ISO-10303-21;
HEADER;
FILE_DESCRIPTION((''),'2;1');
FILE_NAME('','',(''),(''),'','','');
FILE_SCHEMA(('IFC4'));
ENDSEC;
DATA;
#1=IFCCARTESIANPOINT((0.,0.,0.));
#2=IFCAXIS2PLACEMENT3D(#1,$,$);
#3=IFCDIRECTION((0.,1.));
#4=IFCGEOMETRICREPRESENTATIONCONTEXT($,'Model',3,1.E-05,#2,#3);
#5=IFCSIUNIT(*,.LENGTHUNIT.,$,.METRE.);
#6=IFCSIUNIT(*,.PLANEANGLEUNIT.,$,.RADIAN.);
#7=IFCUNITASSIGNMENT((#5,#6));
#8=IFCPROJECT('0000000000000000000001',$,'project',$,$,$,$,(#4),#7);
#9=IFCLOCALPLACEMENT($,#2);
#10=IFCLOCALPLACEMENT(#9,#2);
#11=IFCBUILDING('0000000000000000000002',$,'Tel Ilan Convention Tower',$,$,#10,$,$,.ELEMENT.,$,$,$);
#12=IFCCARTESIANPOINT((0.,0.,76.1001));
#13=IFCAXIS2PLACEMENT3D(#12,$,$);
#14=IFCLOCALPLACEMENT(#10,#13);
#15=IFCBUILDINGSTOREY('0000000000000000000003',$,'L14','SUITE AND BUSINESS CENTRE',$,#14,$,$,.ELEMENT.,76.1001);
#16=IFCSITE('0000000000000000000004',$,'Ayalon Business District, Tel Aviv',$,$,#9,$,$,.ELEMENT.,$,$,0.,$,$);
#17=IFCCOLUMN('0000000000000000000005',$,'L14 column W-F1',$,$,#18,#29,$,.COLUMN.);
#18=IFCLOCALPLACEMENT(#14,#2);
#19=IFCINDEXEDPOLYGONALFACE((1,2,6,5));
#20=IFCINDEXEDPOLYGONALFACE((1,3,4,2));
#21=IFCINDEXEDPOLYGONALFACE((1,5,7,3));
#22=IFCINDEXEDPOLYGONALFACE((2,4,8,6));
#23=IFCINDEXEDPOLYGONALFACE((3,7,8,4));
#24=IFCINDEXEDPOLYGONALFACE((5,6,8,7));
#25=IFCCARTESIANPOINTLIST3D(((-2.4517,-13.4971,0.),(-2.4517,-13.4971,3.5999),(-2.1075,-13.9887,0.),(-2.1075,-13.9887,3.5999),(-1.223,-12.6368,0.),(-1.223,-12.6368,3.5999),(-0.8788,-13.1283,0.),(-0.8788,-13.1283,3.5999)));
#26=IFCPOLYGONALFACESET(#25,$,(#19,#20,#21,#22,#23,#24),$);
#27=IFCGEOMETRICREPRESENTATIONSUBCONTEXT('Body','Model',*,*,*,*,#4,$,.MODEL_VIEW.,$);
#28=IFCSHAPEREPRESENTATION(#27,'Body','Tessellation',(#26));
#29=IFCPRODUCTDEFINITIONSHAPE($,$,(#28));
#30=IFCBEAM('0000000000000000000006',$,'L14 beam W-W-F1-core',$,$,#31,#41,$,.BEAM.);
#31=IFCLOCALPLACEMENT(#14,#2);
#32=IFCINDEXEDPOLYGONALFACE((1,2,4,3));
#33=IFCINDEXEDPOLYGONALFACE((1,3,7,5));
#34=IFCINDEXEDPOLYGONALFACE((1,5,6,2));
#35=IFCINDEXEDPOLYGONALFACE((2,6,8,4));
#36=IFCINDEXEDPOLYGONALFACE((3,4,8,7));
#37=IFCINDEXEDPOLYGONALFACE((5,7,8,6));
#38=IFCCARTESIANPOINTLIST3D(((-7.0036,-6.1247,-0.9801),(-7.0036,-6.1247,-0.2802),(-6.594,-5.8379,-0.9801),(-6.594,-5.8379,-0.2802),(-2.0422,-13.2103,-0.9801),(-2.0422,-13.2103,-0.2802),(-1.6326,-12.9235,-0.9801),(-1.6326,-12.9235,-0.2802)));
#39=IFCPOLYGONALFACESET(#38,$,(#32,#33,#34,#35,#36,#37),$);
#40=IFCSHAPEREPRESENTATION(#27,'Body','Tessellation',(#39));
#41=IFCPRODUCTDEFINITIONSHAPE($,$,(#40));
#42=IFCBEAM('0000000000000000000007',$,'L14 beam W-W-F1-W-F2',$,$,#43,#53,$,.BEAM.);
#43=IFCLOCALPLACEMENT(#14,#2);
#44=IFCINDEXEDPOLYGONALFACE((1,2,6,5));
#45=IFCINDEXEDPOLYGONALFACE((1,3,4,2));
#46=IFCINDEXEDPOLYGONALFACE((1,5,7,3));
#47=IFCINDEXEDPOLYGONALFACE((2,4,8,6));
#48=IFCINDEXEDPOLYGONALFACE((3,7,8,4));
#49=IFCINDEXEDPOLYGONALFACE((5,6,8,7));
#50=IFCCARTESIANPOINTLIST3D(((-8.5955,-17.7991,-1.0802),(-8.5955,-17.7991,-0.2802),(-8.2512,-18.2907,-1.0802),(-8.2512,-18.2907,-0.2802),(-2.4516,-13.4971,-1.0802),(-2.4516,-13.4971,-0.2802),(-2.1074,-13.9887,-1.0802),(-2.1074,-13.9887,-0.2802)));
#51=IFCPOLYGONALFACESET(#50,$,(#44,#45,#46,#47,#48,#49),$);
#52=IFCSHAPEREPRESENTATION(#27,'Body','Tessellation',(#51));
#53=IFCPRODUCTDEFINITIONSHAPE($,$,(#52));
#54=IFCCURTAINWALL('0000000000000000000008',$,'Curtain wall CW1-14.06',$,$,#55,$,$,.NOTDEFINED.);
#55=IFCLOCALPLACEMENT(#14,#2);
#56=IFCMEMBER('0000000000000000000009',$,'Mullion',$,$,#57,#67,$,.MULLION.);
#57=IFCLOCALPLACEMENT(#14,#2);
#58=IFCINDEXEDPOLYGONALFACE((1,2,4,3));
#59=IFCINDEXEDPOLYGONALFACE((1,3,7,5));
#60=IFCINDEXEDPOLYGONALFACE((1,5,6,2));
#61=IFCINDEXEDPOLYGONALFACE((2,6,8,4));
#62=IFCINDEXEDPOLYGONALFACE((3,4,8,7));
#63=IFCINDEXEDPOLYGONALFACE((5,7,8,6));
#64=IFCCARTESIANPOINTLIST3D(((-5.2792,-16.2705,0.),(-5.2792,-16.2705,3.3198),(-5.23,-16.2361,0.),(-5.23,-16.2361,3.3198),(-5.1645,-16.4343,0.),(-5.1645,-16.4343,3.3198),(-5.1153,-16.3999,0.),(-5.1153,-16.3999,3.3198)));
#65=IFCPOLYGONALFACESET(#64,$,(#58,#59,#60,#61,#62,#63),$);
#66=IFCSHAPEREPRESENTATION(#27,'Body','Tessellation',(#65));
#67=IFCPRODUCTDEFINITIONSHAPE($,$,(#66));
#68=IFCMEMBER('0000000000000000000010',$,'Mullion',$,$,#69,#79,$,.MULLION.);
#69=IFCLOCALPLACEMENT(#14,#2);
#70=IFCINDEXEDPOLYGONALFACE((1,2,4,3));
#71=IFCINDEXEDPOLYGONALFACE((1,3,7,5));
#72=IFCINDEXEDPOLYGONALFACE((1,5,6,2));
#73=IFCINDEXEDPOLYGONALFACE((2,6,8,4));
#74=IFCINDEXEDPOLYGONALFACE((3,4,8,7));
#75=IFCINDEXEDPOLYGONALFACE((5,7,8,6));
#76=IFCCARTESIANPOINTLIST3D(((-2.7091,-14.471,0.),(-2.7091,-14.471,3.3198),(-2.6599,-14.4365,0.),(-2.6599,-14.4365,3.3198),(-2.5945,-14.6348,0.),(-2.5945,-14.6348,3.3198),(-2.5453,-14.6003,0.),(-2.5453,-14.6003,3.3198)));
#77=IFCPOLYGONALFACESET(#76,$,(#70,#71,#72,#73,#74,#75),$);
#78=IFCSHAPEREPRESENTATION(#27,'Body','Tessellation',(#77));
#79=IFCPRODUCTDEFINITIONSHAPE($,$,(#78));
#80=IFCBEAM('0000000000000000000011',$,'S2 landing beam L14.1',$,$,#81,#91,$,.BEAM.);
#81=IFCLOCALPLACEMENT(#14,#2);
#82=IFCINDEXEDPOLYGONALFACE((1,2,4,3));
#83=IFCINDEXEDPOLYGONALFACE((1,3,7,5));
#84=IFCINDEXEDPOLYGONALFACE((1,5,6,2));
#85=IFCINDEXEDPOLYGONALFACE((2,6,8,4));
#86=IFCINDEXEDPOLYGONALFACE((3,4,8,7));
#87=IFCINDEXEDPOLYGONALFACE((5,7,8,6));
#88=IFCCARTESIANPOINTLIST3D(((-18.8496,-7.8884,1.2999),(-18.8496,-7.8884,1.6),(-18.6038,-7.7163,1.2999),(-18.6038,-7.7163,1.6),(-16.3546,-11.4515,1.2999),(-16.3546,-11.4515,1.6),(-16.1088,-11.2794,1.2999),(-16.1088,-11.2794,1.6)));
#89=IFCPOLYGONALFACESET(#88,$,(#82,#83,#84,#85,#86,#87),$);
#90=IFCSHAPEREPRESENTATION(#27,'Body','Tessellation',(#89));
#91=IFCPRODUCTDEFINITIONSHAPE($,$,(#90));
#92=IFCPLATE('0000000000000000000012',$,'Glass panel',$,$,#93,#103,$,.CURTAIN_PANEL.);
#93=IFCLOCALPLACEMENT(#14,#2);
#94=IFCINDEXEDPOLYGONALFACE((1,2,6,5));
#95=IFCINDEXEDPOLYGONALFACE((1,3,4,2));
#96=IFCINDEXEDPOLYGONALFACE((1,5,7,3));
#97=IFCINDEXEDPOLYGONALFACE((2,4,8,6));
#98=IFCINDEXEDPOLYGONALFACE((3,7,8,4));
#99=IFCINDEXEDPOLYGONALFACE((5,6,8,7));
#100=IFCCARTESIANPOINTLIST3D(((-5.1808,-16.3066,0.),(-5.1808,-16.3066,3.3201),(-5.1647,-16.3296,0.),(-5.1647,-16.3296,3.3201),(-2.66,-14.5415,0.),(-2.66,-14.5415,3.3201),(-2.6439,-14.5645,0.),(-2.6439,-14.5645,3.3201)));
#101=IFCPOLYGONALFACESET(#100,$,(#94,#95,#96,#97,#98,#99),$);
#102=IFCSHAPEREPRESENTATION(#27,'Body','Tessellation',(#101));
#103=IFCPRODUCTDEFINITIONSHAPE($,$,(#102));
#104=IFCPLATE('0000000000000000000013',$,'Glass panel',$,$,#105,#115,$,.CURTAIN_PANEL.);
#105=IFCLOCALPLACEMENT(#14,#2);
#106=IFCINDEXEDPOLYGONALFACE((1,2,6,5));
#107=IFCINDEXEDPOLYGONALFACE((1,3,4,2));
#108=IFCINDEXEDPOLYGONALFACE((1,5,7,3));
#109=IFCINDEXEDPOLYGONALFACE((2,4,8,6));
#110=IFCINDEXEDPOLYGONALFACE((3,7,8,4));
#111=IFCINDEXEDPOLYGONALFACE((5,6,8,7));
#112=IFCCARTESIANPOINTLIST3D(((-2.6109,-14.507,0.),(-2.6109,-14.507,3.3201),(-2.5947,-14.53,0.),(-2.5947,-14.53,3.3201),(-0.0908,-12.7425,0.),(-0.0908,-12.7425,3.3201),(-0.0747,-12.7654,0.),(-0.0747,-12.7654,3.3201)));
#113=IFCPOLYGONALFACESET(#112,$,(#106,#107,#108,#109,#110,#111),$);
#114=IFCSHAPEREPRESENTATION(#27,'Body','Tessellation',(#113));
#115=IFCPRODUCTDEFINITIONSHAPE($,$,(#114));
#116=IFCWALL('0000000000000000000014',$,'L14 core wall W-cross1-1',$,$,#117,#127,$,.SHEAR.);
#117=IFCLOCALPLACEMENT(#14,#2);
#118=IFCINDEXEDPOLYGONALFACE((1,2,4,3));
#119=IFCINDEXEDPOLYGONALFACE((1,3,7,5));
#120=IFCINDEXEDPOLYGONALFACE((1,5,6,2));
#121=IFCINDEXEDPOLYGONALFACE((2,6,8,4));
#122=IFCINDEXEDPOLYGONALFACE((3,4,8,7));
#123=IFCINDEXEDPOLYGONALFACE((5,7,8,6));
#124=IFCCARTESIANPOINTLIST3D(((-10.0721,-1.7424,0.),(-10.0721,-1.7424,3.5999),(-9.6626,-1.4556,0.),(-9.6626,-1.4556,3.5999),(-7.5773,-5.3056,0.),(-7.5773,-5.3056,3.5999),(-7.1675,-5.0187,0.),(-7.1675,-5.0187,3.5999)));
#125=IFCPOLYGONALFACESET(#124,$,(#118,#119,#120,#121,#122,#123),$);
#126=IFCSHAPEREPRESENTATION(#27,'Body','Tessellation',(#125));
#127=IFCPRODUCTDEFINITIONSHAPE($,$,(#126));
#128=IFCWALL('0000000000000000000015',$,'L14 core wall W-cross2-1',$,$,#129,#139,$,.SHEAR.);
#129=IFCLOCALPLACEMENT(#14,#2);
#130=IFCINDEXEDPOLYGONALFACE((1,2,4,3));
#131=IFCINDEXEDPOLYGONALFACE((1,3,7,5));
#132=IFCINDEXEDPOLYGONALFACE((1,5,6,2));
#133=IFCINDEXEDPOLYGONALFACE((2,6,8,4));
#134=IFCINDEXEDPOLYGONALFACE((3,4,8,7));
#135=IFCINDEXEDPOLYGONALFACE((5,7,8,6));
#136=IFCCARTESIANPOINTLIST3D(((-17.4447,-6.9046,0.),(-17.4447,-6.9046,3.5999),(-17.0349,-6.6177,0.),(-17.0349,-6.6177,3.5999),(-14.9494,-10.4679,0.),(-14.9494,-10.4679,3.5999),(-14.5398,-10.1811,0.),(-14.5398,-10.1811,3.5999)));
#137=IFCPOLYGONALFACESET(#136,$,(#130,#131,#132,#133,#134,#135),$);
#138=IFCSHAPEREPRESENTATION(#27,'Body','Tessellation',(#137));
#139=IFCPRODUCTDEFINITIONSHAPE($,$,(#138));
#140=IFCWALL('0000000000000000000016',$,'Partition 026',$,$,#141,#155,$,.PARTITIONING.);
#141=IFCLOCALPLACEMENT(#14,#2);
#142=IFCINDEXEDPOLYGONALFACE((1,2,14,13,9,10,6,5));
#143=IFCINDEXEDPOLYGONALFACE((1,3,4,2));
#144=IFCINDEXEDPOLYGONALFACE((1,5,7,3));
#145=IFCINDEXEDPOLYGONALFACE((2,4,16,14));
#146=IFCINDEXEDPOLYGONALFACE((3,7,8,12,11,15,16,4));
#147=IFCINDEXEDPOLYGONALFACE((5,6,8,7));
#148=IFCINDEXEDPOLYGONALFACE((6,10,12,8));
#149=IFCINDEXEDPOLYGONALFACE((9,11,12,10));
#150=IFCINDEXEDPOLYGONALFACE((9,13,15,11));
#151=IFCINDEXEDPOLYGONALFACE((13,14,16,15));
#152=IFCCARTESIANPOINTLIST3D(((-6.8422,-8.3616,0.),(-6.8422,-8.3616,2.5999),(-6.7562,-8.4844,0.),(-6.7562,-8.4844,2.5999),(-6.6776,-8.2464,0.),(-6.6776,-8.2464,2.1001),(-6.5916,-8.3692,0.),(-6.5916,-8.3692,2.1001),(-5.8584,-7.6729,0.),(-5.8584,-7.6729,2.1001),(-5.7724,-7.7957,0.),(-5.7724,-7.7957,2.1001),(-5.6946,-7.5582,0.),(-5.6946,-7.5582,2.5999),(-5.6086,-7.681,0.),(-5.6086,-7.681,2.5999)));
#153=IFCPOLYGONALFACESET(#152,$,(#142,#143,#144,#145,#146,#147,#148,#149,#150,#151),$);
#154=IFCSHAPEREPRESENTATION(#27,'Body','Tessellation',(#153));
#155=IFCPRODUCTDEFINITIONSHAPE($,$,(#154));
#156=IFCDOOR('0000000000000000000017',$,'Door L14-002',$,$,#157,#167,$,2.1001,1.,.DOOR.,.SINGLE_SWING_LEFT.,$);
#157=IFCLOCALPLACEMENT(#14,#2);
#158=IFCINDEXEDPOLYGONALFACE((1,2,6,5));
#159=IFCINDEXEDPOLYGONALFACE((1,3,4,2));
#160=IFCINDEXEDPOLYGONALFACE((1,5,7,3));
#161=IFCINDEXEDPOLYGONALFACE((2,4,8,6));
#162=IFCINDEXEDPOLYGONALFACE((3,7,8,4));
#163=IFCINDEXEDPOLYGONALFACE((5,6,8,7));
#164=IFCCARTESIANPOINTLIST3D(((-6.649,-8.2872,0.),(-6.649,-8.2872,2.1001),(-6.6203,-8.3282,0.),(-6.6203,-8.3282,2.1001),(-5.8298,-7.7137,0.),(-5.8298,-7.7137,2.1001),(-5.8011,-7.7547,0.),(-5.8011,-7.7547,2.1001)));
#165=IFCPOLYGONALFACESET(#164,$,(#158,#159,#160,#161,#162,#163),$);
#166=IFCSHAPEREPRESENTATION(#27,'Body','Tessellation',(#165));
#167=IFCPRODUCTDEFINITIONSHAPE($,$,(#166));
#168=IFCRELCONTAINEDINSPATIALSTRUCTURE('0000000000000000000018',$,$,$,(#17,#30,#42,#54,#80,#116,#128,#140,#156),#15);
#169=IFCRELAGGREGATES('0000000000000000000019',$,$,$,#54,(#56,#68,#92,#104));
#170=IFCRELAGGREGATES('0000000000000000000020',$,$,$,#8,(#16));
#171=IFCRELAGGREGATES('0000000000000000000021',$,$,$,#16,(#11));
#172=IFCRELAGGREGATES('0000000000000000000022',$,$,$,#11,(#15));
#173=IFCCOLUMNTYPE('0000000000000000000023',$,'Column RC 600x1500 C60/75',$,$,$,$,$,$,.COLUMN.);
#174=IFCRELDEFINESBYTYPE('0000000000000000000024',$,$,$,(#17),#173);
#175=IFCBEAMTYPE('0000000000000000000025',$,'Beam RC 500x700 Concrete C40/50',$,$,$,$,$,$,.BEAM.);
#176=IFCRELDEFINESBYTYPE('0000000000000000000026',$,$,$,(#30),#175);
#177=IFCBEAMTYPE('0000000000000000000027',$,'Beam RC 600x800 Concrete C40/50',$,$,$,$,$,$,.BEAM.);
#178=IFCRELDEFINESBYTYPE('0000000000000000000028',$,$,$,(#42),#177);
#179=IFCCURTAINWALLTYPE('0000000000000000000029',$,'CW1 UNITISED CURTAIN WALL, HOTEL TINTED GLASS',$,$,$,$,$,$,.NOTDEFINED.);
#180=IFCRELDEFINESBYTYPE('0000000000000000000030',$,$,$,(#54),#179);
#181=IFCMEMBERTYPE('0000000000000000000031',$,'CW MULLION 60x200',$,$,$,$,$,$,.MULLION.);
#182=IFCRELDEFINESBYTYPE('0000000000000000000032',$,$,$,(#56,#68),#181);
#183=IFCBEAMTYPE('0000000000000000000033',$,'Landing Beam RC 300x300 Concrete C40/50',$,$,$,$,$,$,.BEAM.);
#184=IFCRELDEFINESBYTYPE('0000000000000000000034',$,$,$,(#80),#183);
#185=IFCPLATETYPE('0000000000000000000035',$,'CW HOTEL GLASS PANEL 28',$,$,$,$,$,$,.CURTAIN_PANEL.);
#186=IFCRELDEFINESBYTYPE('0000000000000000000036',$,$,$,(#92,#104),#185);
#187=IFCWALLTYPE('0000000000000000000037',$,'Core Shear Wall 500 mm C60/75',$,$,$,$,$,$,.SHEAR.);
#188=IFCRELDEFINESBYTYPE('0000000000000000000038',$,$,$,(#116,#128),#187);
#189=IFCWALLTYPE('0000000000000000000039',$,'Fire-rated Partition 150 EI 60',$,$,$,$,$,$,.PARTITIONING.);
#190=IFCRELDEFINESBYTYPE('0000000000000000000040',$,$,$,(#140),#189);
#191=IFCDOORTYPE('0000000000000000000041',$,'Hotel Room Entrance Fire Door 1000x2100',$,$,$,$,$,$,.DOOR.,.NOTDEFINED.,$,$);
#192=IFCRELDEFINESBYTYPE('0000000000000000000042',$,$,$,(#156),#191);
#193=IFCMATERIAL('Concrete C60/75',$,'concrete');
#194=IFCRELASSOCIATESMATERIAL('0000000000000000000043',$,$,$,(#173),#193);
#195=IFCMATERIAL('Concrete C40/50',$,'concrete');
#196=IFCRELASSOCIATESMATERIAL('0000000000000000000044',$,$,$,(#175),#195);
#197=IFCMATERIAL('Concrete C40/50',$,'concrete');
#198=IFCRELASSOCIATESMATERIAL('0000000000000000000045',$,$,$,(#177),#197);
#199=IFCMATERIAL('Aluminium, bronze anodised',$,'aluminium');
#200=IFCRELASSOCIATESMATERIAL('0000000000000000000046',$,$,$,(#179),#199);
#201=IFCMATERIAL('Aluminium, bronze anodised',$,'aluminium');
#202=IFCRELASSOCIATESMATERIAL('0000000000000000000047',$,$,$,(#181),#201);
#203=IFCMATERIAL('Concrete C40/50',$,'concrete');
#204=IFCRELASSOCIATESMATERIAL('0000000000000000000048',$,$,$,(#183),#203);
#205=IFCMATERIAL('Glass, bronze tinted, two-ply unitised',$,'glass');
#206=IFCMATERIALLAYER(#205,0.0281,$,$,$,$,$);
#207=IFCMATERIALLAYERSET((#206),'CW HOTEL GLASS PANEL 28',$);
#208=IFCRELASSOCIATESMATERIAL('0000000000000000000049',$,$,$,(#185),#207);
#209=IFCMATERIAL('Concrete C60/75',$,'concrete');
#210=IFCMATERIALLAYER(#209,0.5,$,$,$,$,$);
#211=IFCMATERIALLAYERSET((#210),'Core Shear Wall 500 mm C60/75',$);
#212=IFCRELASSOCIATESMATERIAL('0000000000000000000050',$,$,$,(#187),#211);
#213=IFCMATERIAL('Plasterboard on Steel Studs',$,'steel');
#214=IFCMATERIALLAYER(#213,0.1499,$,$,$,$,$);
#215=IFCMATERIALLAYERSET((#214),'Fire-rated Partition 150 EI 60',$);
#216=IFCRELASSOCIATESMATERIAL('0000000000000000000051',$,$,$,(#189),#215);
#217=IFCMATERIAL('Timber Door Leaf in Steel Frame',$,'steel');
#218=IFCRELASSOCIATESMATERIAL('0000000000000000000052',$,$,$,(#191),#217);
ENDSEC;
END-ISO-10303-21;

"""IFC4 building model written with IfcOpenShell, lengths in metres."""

from ifc_helpers import new_model, si_unit, direction, frame, frame_2d, origin, origin_2d, place, context, subcontext, project, spatial, polyline, rectangle, outline, extrude, material, layer, layer_set, material_profile, profile_set, type_object, element, fill, aggregate, save


model = new_model("IFC4")

# Units and contexts
model_context = context("Model", 3, precision=1e-05, world=origin(), true_north=direction((0.0, 1.0)))
body_context = subcontext(model_context, "Body", "Model", "MODEL_VIEW")
ifc_project = project(units=[si_unit("LENGTHUNIT", "METRE"), si_unit("PLANEANGLEUNIT", "RADIAN")], contexts=[model_context])

# Site, building, storey
site_placement = place(None, origin())
site = spatial("IfcSite", under=ifc_project, at=site_placement, Name="Ayalon Business District, Tel Aviv", CompositionType="ELEMENT", RefElevation=0.0)
building_placement = place(site_placement, origin())
building = spatial("IfcBuilding", under=site, at=building_placement, Name="Tel Ilan Convention Tower", CompositionType="ELEMENT")
storey_placement = place(building_placement, frame((0.0, 0.0, 76.1001)))
storey = spatial("IfcBuildingStorey", under=building, at=storey_placement, Name="L14", Description="SUITE AND BUSINESS CENTRE", CompositionType="ELEMENT", Elevation=76.1001)

# Column
ifc_material_1 = material(Name="Concrete C60/75", Category="concrete")
ifc_material_profile_1 = material_profile(ifc_material_1, rectangle(XDim=1.5, YDim=0.6001, at=origin_2d()), Name="RC 600x1500")
ifc_profile_set_1 = profile_set([ifc_material_profile_1], Name="Concrete C60/75")
column_type = type_object("IfcColumnType", Name="Column RC 600x1500 C60/75", PredefinedType="COLUMN", material=ifc_profile_set_1)
column_placement = place(storey_placement, frame((-1.6653, -13.3127, 0.0), z_axis=(0.0, 0.0, 1.0), x_axis=(-0.819152, -0.573576, 0.0)))
element("IfcColumn", 1, at=column_placement, inside=storey, type_object=column_type, Name="L14 column W-F1", PredefinedType="COLUMN", context=body_context, shape_type="SweptSolid", body=[
    extrude(rectangle(XDim=1.5, YDim=0.6001, at=origin_2d()), origin(), (0.0, 0.0, 1.0), 3.5999),
])

# Beams
ifc_material_2 = material(Name="Concrete C40/50", Category="concrete")
ifc_material_profile_2 = material_profile(ifc_material_2, rectangle(XDim=0.5, YDim=0.7, at=origin_2d()), Name="RC 500x700")
ifc_profile_set_2 = profile_set([ifc_material_profile_2], Name="Concrete C40/50")
beam_type_1 = type_object("IfcBeamType", Name="Beam RC 500x700 Concrete C40/50", PredefinedType="BEAM", material=ifc_profile_set_2)
beam_1_placement = place(storey_placement, frame((-1.8374, -13.0669, -0.6301), z_axis=(-0.573574, 0.819154, 0.0), x_axis=(-0.819154, -0.573574, 0.0)))
element("IfcBeam", 2, at=beam_1_placement, inside=storey, type_object=beam_type_1, Name="L14 beam W-W-F1-core", PredefinedType="BEAM", context=body_context, shape_type="SweptSolid", body=[
    extrude(rectangle(XDim=0.5, YDim=0.7, at=origin_2d()), origin(), (0.0, 0.0, 1.0), 8.6499),
])
ifc_material_3 = material(Name="Concrete C40/50", Category="concrete")
ifc_material_profile_3 = material_profile(ifc_material_3, rectangle(XDim=0.6001, YDim=0.8, at=origin_2d()), Name="RC 600x800")
ifc_profile_set_3 = profile_set([ifc_material_profile_3], Name="Concrete C40/50")
beam_type_2 = type_object("IfcBeamType", Name="Beam RC 600x800 Concrete C40/50", PredefinedType="BEAM", material=ifc_profile_set_3)
beam_2_placement = place(storey_placement, frame((-2.2795, -13.7429, -0.6802), z_axis=(-0.819148, -0.573582, 0.0), x_axis=(0.573582, -0.819148, 0.0)))
element("IfcBeam", 3, at=beam_2_placement, inside=storey, type_object=beam_type_2, Name="L14 beam W-W-F1-W-F2", PredefinedType="BEAM", context=body_context, shape_type="SweptSolid", body=[
    extrude(rectangle(XDim=0.6001, YDim=0.8, at=origin_2d()), origin(), (0.0, 0.0, 1.0), 7.5002),
])

# Curtain wall, members
ifc_material_4 = material(Name="Aluminium, bronze anodised", Category="aluminium")
curtain_wall_type = type_object("IfcCurtainWallType", Name="CW1 UNITISED CURTAIN WALL, HOTEL TINTED GLASS", PredefinedType="NOTDEFINED", material=ifc_material_4)
curtain_wall_placement = place(storey_placement, origin())
curtain_wall = element("IfcCurtainWall", 4, at=curtain_wall_placement, inside=storey, type_object=curtain_wall_type, Name="Curtain wall CW1-14.06", PredefinedType="NOTDEFINED")
ifc_material_5 = material(Name="Aluminium, bronze anodised", Category="aluminium")
ifc_material_profile_4 = material_profile(ifc_material_5, rectangle(XDim=0.0601, YDim=0.2, at=origin_2d()), Name="CW MULLION 60x200")
ifc_profile_set_4 = profile_set([ifc_material_profile_4], Name="Aluminium, bronze anodised")
member_type = type_object("IfcMemberType", Name="CW MULLION 60x200", PredefinedType="MULLION", material=ifc_profile_set_4)
member_1_placement = place(storey_placement, frame((-5.1973, -16.3352, 0.0), z_axis=(0.0, 0.0, 1.0), x_axis=(0.819152, 0.573576, 0.0)))
member_1 = element("IfcMember", 5, at=member_1_placement, type_object=member_type, Name="Mullion", PredefinedType="MULLION", context=body_context, shape_type="SweptSolid", body=[
    extrude(rectangle(XDim=0.0601, YDim=0.2, at=origin_2d()), origin(), (0.0, 0.0, 1.0), 3.3198),
])
member_2_placement = place(storey_placement, frame((-2.6272, -14.5356, 0.0), z_axis=(0.0, 0.0, 1.0), x_axis=(0.819152, 0.573576, 0.0)))
member_2 = element("IfcMember", 6, at=member_2_placement, type_object=member_type, Name="Mullion", PredefinedType="MULLION", context=body_context, shape_type="SweptSolid", body=[
    extrude(rectangle(XDim=0.0601, YDim=0.2, at=origin_2d()), origin(), (0.0, 0.0, 1.0), 3.3198),
])

# Beam
ifc_material_6 = material(Name="Concrete C40/50", Category="concrete")
ifc_material_profile_5 = material_profile(ifc_material_6, rectangle(XDim=0.3, YDim=0.3, at=origin_2d()), Name="RC 300x300")
ifc_profile_set_5 = profile_set([ifc_material_profile_5], Name="Concrete C40/50")
beam_type_3 = type_object("IfcBeamType", Name="Landing Beam RC 300x300 Concrete C40/50", PredefinedType="BEAM", material=ifc_profile_set_5)
beam_3_placement = place(storey_placement, frame((-16.2317, -11.3655, 1.45), z_axis=(-0.573594, 0.81914, 0.0), x_axis=(-0.81914, -0.573594, 0.0)))
element("IfcBeam", 7, at=beam_3_placement, inside=storey, type_object=beam_type_3, Name="S2 landing beam L14.1", PredefinedType="BEAM", context=body_context, shape_type="SweptSolid", body=[
    extrude(rectangle(XDim=0.3, YDim=0.3, at=origin_2d()), origin(), (0.0, 0.0, 1.0), 4.3499),
])

# Plates
ifc_material_7 = material(Name="Glass, bronze tinted, two-ply unitised", Category="glass")
ifc_layer_1 = layer(ifc_material_7, 0.0281)
ifc_layer_set_1 = layer_set([ifc_layer_1], Name="CW HOTEL GLASS PANEL 28")
plate_type = type_object("IfcPlateType", Name="CW HOTEL GLASS PANEL 28", PredefinedType="CURTAIN_PANEL", material=ifc_layer_set_1)
plate_1_placement = place(storey_placement, frame((-3.9124, -15.4355, 0.0), z_axis=(0.0, 0.0, 1.0), x_axis=(0.819152, 0.573576, 0.0)))
plate_1 = element("IfcPlate", 8, at=plate_1_placement, type_object=plate_type, Name="Glass panel", PredefinedType="CURTAIN_PANEL", context=body_context, shape_type="SweptSolid", body=[
    extrude(rectangle(XDim=3.0774, YDim=0.0281, at=origin_2d()), origin(), (0.0, 0.0, 1.0), 3.3201),
])
plate_2_placement = place(storey_placement, frame((-1.3428, -13.6362, 0.0), z_axis=(0.0, 0.0, 1.0), x_axis=(0.819152, 0.573576, 0.0)))
plate_2 = element("IfcPlate", 9, at=plate_2_placement, type_object=plate_type, Name="Glass panel", PredefinedType="CURTAIN_PANEL", context=body_context, shape_type="SweptSolid", body=[
    extrude(rectangle(XDim=3.0764, YDim=0.0281, at=origin_2d()), origin(), (0.0, 0.0, 1.0), 3.3201),
])
aggregate(curtain_wall, [member_1, member_2, plate_1, plate_2])

# Walls
ifc_material_8 = material(Name="Concrete C60/75", Category="concrete")
ifc_layer_2 = layer(ifc_material_8, 0.5)
ifc_layer_set_2 = layer_set([ifc_layer_2], Name="Core Shear Wall 500 mm C60/75")
wall_type_1 = type_object("IfcWallType", Name="Core Shear Wall 500 mm C60/75", PredefinedType="SHEAR", material=ifc_layer_set_2)
wall_1_placement = place(storey_placement, frame((-7.3723, -5.1621, 0.0), z_axis=(0.0, 0.0, 1.0), x_axis=(-0.573594, 0.81914, 0.0)))
element("IfcWall", 10, at=wall_1_placement, inside=storey, type_object=wall_type_1, Name="L14 core wall W-cross1-1", PredefinedType="SHEAR", context=body_context, shape_type="SweptSolid", body=[
    extrude(outline(polyline([(4.3499, 0.25), (0.0, 0.2502), (0.0, -0.25), (4.3499, -0.25), (4.3499, 0.25)])), origin(), (0.0, 0.0, 1.0), 3.5999),
])
wall_2_placement = place(storey_placement, frame((-14.7446, -10.3245, 0.0), z_axis=(0.0, 0.0, 1.0), x_axis=(-0.573568, 0.819158, 0.0)))
element("IfcWall", 11, at=wall_2_placement, inside=storey, type_object=wall_type_1, Name="L14 core wall W-cross2-1", PredefinedType="SHEAR", context=body_context, shape_type="SweptSolid", body=[
    extrude(outline(polyline([(4.3501, 0.2502), (0.0, 0.25), (0.0, -0.25), (4.3501, -0.25), (4.3501, 0.2502)])), origin(), (0.0, 0.0, 1.0), 3.5999),
])

# Wall, opening, door
ifc_material_9 = material(Name="Plasterboard on Steel Studs", Category="steel")
ifc_layer_3 = layer(ifc_material_9, 0.1499)
ifc_layer_set_3 = layer_set([ifc_layer_3], Name="Fire-rated Partition 150 EI 60")
wall_type_2 = type_object("IfcWallType", Name="Fire-rated Partition 150 EI 60", PredefinedType="PARTITIONING", material=ifc_layer_set_3)
wall_3_placement = place(storey_placement, frame((-5.6516, -7.6196, 0.0), z_axis=(0.0, 0.0, 1.0), x_axis=(-0.819207, -0.573497, 0.0)))
wall_3 = element("IfcWall", 12, at=wall_3_placement, inside=storey, type_object=wall_type_2, Name="Partition 026", PredefinedType="PARTITIONING", context=body_context, shape_type="SweptSolid", body=[
    extrude(rectangle(XDim=1.4009, YDim=0.1499, at=frame_2d((0.7004, 0.0))), origin(), (0.0, 0.0, 1.0), 2.5999),
])
opening_1_placement = place(wall_3_placement, frame((0.2, 0.0, 0.0)))
opening_1 = element("IfcOpeningElement", 13, at=opening_1_placement, cuts=wall_3, PredefinedType="OPENING", context=body_context, shape_type="SweptSolid", body=[
    extrude(rectangle(XDim=1.0, YDim=2.1001, at=frame_2d((0.5, 1.05))), frame((0.0, 0.085, 0.0), z_axis=(0.0, -1.0, 0.0), x_axis=(1.0, 0.0, 0.0)), (0.0, 0.0, 1.0), 0.1699),
])
ifc_material_10 = material(Name="Timber Door Leaf in Steel Frame", Category="steel")
door_type_1 = type_object("IfcDoorType", Name="Hotel Room Entrance Fire Door 1000x2100", OperationType="NOTDEFINED", PredefinedType="DOOR", material=ifc_material_10)
door_1_placement = place(opening_1_placement, origin())
door_1 = element("IfcDoor", 14, at=door_1_placement, inside=storey, type_object=door_type_1, Name="Door L14-002", OperationType="SINGLE_SWING_LEFT", OverallHeight=2.1001, OverallWidth=1.0, PredefinedType="DOOR", context=body_context, shape_type="SweptSolid", body=[
    extrude(rectangle(XDim=1.0, YDim=2.1001, at=frame_2d((0.5, 1.05))), frame((0.0, 0.0249, 0.0), z_axis=(0.0, -1.0, 0.0), x_axis=(1.0, 0.0, 0.0)), (0.0, 0.0, 1.0), 0.05),
])
fill(opening_1, door_1)

save(model, "model.ifc")
